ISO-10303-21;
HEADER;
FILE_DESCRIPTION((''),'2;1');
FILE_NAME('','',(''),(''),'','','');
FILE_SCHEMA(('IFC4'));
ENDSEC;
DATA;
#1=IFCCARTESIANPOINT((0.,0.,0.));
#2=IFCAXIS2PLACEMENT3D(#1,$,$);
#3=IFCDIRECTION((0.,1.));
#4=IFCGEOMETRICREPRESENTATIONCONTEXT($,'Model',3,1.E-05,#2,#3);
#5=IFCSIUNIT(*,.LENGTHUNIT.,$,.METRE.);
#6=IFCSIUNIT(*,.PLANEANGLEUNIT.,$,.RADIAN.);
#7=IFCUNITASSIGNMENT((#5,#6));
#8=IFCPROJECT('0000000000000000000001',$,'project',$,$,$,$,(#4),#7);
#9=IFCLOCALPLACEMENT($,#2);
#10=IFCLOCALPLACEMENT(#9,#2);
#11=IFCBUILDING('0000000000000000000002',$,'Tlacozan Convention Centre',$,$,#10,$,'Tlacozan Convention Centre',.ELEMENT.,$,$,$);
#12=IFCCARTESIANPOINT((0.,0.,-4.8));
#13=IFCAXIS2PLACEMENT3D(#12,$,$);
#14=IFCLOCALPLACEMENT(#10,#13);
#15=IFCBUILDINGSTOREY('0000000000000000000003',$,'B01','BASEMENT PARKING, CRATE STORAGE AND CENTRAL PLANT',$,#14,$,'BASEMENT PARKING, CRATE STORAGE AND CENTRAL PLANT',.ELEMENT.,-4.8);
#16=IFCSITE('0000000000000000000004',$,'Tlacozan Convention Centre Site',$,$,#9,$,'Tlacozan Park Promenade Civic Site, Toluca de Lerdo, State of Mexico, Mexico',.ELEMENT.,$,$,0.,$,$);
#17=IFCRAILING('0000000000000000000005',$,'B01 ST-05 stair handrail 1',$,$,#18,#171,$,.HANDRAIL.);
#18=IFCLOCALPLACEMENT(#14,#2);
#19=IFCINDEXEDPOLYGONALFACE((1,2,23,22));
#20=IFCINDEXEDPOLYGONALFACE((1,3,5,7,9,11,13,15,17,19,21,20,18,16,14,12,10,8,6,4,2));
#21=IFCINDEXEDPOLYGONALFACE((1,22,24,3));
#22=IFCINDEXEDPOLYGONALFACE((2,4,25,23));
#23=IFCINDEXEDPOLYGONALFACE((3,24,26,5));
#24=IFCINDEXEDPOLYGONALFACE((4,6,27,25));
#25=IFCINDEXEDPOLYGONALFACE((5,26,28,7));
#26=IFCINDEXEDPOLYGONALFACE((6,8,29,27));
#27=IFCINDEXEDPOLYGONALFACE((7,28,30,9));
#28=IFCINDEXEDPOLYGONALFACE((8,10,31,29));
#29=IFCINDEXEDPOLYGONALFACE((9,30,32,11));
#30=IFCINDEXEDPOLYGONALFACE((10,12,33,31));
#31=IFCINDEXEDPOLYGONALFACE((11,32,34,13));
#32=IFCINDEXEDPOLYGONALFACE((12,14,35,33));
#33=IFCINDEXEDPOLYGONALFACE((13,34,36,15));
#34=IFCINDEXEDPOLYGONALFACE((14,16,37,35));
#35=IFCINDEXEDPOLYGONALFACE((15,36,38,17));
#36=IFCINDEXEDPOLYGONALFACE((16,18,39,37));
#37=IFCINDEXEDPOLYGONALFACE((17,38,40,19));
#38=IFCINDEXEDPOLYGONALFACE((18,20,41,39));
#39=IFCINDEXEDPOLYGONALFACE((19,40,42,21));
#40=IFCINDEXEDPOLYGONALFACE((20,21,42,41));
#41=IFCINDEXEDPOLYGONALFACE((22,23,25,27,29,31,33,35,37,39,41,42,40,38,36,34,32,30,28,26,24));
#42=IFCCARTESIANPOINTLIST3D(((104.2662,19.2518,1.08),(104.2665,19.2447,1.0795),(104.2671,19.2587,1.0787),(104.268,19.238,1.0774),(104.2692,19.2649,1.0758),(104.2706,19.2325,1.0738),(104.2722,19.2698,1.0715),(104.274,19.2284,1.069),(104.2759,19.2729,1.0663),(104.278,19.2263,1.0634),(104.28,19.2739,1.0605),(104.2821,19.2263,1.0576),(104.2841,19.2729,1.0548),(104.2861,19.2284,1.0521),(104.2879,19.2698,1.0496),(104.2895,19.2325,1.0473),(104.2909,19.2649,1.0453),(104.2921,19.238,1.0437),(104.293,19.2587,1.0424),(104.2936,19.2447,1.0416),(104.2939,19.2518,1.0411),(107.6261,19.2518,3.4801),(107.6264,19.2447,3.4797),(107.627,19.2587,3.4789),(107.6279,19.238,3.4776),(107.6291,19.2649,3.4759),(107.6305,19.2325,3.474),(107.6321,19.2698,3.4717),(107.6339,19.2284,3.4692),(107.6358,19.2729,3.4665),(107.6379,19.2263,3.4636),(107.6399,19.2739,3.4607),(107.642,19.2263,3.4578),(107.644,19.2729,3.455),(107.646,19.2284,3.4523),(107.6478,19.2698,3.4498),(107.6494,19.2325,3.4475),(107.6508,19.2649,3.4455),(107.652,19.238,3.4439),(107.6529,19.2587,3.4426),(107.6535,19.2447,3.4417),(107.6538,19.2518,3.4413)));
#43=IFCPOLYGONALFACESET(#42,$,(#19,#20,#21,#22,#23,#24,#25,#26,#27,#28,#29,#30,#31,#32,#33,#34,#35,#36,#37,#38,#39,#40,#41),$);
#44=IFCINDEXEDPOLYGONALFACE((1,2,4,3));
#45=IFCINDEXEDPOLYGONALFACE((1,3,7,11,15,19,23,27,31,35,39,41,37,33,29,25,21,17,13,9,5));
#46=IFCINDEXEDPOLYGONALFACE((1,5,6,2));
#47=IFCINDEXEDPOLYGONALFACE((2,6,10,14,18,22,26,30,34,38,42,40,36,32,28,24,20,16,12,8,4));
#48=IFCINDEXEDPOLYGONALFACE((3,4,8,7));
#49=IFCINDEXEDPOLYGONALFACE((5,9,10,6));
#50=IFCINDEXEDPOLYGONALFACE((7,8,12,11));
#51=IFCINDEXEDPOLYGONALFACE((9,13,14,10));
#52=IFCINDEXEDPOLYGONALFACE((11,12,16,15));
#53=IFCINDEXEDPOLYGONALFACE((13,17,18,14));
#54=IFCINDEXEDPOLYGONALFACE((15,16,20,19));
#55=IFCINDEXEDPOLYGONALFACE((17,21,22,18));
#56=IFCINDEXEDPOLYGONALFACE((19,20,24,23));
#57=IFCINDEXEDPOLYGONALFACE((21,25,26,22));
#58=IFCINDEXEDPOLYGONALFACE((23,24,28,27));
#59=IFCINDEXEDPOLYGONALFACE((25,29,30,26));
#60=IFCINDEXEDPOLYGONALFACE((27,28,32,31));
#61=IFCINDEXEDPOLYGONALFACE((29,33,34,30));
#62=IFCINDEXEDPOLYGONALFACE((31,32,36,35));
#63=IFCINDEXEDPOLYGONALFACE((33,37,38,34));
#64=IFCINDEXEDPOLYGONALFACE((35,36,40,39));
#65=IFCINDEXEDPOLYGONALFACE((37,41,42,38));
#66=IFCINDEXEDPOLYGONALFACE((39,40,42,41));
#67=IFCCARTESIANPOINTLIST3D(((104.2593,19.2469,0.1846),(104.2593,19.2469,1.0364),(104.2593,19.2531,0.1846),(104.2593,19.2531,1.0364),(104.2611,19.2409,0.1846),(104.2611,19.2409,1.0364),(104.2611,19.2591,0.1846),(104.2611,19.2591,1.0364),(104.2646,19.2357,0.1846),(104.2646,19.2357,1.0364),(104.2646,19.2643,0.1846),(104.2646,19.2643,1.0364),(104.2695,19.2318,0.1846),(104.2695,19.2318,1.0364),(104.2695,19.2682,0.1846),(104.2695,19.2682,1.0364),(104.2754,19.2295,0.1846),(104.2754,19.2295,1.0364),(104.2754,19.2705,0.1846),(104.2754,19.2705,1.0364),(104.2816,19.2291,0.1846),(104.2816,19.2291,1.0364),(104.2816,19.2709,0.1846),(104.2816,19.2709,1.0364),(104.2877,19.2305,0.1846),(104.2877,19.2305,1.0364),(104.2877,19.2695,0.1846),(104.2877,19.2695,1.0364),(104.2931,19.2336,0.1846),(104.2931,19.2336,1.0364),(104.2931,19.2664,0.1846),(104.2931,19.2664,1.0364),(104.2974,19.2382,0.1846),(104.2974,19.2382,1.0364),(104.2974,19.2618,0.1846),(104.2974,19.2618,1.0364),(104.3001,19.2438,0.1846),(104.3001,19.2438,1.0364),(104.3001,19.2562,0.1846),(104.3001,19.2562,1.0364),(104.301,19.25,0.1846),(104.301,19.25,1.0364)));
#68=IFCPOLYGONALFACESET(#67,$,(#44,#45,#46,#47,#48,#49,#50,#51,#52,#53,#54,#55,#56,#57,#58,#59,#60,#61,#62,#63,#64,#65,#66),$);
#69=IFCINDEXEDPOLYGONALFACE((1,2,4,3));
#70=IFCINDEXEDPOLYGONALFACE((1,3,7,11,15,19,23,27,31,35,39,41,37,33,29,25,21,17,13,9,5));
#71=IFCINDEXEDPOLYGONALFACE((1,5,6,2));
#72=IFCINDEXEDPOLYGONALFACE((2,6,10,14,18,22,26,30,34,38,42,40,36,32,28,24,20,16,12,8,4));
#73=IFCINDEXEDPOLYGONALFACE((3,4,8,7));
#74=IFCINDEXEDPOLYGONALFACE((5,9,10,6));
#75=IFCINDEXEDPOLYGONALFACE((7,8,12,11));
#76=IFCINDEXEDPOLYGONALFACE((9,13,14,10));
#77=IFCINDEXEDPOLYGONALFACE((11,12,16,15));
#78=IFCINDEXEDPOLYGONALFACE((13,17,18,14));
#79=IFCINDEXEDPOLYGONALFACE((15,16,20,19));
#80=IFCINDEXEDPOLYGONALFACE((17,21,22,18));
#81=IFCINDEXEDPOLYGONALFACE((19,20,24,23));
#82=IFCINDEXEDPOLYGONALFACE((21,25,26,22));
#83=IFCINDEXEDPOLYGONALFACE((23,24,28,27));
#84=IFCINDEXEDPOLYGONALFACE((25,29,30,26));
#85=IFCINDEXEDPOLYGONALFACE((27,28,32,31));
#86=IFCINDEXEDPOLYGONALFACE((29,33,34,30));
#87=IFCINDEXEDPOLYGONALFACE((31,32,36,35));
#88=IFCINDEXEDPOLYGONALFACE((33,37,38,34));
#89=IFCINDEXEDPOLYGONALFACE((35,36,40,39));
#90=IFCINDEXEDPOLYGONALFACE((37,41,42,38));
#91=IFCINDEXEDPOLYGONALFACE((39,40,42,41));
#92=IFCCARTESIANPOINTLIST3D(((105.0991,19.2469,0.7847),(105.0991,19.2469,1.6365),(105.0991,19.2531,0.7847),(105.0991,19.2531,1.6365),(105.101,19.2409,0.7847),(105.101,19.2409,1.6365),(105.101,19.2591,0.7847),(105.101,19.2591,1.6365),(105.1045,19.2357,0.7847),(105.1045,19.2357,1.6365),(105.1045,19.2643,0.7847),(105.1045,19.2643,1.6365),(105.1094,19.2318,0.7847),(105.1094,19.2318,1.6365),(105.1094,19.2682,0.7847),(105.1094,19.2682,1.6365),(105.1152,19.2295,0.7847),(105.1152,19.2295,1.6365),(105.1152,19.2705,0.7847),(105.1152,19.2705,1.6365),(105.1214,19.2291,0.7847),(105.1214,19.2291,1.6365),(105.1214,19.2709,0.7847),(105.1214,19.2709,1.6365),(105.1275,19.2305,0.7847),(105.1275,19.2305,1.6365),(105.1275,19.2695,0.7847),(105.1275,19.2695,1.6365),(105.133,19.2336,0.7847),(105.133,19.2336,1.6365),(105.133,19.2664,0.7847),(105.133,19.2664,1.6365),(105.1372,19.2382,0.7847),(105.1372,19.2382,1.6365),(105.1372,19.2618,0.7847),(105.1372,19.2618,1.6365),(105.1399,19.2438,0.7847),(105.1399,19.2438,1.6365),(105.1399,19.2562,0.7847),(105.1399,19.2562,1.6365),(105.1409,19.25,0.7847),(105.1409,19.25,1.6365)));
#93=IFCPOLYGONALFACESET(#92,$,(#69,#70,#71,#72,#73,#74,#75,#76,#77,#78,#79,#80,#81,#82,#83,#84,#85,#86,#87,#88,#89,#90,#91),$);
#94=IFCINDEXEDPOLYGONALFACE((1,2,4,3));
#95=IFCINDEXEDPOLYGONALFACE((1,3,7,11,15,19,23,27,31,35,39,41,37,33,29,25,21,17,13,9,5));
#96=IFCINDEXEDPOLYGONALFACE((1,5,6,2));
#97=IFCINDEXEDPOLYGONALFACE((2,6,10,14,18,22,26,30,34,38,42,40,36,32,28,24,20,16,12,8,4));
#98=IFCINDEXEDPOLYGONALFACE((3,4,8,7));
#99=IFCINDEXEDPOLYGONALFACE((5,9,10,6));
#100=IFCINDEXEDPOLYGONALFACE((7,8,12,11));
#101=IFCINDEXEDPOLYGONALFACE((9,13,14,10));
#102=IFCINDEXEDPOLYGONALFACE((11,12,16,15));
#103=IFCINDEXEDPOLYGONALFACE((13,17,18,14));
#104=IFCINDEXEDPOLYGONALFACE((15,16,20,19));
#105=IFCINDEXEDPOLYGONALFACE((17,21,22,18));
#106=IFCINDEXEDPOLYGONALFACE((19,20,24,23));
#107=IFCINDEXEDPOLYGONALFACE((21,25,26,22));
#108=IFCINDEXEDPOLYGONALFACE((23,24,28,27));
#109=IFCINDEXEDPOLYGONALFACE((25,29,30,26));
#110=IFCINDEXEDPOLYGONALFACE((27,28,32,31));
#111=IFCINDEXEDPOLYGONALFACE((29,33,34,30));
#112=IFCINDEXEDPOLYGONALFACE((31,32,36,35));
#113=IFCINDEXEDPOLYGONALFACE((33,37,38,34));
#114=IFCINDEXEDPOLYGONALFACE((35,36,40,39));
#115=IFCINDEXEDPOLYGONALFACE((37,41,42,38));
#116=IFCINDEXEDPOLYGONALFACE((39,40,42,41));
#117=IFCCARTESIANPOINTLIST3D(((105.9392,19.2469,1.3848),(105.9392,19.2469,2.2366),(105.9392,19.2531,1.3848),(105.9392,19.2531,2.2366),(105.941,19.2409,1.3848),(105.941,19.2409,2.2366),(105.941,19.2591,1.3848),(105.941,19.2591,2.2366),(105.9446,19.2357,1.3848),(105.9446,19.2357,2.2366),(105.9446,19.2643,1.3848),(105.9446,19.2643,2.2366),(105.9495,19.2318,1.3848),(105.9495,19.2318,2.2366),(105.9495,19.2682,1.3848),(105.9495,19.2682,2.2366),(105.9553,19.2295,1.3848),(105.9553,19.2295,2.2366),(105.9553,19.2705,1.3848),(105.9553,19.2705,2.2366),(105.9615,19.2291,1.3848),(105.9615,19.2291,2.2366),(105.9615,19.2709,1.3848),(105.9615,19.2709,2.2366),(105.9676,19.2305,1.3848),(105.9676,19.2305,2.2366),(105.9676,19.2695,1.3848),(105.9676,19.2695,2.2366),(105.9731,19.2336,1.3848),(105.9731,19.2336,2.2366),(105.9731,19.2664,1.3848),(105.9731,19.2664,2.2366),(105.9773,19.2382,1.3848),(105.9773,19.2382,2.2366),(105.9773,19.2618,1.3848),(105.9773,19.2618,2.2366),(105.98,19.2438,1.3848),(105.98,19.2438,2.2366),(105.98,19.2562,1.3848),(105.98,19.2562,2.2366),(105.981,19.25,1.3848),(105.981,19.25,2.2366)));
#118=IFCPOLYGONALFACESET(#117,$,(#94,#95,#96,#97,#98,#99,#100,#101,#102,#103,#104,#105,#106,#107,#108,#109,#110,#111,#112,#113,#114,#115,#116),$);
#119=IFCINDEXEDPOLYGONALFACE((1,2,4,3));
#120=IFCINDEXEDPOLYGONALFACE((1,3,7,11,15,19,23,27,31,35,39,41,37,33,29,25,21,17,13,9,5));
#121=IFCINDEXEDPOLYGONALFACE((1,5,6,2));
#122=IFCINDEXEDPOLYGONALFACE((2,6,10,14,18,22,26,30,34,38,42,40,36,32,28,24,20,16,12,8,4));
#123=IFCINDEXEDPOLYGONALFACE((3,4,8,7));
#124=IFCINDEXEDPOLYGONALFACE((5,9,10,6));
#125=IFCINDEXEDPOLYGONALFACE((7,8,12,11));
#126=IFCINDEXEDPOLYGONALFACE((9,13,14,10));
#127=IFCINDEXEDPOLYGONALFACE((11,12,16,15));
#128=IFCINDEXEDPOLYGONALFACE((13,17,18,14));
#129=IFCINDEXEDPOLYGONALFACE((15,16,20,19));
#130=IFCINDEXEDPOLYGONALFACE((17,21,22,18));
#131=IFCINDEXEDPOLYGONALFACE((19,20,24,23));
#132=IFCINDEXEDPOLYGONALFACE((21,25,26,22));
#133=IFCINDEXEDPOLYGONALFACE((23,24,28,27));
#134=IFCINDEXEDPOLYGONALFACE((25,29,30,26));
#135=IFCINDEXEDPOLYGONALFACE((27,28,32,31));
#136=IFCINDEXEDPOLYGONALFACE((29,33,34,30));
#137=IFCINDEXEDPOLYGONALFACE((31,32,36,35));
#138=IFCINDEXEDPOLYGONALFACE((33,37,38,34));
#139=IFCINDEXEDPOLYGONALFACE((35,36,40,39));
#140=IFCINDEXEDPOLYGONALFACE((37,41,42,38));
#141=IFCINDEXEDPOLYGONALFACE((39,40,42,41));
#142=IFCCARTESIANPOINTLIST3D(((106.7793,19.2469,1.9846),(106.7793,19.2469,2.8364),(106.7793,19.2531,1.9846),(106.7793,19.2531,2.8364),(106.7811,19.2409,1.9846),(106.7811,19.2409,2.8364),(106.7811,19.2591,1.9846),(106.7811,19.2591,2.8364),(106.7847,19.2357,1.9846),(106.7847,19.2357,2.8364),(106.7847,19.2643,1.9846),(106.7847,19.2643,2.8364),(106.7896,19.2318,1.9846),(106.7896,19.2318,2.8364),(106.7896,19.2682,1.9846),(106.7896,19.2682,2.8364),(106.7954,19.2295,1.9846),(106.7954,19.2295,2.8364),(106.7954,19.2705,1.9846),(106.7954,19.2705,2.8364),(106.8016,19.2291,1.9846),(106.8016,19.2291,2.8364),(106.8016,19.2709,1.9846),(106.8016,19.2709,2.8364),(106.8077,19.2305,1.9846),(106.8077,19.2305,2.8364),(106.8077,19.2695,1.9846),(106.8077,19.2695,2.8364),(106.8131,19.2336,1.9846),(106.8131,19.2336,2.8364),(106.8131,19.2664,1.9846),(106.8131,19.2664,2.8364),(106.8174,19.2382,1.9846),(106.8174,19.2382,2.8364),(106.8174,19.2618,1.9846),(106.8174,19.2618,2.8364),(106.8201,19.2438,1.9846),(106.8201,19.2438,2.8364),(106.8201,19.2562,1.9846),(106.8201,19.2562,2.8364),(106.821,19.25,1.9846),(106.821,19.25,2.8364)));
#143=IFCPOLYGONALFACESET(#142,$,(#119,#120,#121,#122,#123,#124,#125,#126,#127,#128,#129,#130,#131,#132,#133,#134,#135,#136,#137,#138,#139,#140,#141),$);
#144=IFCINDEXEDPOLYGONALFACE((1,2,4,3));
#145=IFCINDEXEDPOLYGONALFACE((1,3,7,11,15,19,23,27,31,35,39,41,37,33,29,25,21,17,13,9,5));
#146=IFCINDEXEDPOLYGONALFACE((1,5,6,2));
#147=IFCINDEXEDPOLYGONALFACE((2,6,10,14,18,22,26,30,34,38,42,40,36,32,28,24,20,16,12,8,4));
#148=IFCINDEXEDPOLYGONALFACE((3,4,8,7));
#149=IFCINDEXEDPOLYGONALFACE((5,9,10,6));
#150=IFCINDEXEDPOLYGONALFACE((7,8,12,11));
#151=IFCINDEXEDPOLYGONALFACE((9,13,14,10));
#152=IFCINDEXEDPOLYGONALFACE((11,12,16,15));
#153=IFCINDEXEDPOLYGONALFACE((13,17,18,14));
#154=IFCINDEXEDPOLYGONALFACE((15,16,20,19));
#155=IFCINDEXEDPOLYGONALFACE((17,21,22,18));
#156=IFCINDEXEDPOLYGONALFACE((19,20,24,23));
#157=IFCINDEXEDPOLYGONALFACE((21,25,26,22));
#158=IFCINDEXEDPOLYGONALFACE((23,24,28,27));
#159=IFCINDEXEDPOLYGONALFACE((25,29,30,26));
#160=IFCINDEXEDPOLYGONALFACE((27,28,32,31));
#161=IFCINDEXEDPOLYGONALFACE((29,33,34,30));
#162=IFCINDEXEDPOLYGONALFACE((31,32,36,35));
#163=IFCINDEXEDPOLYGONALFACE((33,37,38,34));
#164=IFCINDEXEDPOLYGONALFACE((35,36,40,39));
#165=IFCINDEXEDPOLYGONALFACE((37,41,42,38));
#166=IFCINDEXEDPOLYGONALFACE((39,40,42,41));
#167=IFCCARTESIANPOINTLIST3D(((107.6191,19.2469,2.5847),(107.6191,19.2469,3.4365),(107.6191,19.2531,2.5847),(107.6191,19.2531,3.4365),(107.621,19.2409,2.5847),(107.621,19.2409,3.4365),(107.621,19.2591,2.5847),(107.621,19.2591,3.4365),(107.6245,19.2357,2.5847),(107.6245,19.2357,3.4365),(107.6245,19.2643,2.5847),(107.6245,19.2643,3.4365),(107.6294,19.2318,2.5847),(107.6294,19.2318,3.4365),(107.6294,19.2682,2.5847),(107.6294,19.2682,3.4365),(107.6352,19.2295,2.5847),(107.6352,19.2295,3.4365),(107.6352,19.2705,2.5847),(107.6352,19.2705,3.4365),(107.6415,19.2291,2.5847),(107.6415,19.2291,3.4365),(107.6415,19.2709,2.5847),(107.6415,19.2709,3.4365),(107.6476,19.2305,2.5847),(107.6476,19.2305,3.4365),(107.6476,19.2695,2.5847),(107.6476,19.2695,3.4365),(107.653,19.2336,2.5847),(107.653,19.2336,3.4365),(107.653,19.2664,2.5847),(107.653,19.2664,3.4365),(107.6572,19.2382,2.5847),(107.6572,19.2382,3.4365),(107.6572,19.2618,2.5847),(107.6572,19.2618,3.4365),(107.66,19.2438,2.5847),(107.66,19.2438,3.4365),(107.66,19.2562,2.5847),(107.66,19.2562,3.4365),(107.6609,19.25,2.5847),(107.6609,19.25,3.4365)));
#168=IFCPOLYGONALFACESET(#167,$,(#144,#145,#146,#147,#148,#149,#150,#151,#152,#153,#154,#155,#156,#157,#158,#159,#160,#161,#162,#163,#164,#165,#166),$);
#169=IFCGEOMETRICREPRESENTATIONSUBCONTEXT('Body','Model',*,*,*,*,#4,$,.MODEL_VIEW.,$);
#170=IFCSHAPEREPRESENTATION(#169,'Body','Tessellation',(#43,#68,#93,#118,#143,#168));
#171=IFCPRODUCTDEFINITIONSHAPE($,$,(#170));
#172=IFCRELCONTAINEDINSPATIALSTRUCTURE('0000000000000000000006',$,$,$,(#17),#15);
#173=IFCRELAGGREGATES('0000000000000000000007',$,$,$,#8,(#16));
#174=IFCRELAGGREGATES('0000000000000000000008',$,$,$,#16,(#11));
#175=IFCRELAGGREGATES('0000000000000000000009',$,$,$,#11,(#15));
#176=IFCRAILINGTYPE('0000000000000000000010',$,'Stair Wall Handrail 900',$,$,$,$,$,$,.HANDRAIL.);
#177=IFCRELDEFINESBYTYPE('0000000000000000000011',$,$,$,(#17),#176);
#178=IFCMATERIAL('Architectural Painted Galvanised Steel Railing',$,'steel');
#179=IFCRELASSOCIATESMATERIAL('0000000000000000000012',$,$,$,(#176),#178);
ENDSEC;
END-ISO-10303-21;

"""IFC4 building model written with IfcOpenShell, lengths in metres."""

from ifc_helpers import new_model, si_unit, direction, frame, origin, origin_2d, place, context, subcontext, project, spatial, circle, extrude, material, type_object, element, save


model = new_model("IFC4")

# Units and contexts
model_context = context("Model", 3, precision=1e-05, world=origin(), true_north=direction((0.0, 1.0)))
body_context = subcontext(model_context, "Body", "Model", "MODEL_VIEW")
ifc_project = project(units=[si_unit("LENGTHUNIT", "METRE"), si_unit("PLANEANGLEUNIT", "RADIAN")], contexts=[model_context])

# Site, building, storey
site_placement = place(None, origin())
site = spatial("IfcSite", under=ifc_project, at=site_placement, Name="Tlacozan Convention Centre Site", LongName="Tlacozan Park Promenade Civic Site, Toluca de Lerdo, State of Mexico, Mexico", CompositionType="ELEMENT", RefElevation=0.0)
building_placement = place(site_placement, origin())
building = spatial("IfcBuilding", under=site, at=building_placement, Name="Tlacozan Convention Centre", LongName="Tlacozan Convention Centre", CompositionType="ELEMENT")
storey_placement = place(building_placement, frame((0.0, 0.0, -4.8)))
storey = spatial("IfcBuildingStorey", under=building, at=storey_placement, Name="B01", Description="BASEMENT PARKING, CRATE STORAGE AND CENTRAL PLANT", LongName="BASEMENT PARKING, CRATE STORAGE AND CENTRAL PLANT", CompositionType="ELEMENT", Elevation=-4.8)

# Railing
ifc_material_1 = material(Name="Architectural Painted Galvanised Steel Railing", Category="steel")
railing_type_1 = type_object("IfcRailingType", Name="Stair Wall Handrail 900", PredefinedType="HANDRAIL", material=ifc_material_1)
railing_1_placement = place(storey_placement, frame((104.28, 19.25, 0.1846)))
element("IfcRailing", 1, at=railing_1_placement, inside=storey, type_object=railing_type_1, Name="B01 ST-05 stair handrail 1", PredefinedType="HANDRAIL", context=body_context, shape_type="SweptSolid", body=[
    extrude(circle(Radius=0.0239, at=origin_2d()), frame((0.0, 0.0, 0.876), z_axis=(0.813706, 0.0, 0.581277), x_axis=(0.0, 1.0, 0.0)), (0.0, 0.0, 1.0), 4.1292),
    extrude(circle(Radius=0.021, at=origin_2d()), origin(), (0.0, 0.0, 1.0), 0.8518),
    extrude(circle(Radius=0.021, at=origin_2d()), frame((0.8398, 0.0, 0.6001)), (0.0, 0.0, 1.0), 0.8518),
    extrude(circle(Radius=0.021, at=origin_2d()), frame((1.6799, 0.0, 1.2002)), (0.0, 0.0, 1.0), 0.8518),
    extrude(circle(Radius=0.021, at=origin_2d()), frame((2.52, 0.0, 1.8)), (0.0, 0.0, 1.0), 0.8518),
    extrude(circle(Radius=0.021, at=origin_2d()), frame((3.3599, 0.0, 2.4001)), (0.0, 0.0, 1.0), 0.8518),
])

save(model, "model.ifc")
